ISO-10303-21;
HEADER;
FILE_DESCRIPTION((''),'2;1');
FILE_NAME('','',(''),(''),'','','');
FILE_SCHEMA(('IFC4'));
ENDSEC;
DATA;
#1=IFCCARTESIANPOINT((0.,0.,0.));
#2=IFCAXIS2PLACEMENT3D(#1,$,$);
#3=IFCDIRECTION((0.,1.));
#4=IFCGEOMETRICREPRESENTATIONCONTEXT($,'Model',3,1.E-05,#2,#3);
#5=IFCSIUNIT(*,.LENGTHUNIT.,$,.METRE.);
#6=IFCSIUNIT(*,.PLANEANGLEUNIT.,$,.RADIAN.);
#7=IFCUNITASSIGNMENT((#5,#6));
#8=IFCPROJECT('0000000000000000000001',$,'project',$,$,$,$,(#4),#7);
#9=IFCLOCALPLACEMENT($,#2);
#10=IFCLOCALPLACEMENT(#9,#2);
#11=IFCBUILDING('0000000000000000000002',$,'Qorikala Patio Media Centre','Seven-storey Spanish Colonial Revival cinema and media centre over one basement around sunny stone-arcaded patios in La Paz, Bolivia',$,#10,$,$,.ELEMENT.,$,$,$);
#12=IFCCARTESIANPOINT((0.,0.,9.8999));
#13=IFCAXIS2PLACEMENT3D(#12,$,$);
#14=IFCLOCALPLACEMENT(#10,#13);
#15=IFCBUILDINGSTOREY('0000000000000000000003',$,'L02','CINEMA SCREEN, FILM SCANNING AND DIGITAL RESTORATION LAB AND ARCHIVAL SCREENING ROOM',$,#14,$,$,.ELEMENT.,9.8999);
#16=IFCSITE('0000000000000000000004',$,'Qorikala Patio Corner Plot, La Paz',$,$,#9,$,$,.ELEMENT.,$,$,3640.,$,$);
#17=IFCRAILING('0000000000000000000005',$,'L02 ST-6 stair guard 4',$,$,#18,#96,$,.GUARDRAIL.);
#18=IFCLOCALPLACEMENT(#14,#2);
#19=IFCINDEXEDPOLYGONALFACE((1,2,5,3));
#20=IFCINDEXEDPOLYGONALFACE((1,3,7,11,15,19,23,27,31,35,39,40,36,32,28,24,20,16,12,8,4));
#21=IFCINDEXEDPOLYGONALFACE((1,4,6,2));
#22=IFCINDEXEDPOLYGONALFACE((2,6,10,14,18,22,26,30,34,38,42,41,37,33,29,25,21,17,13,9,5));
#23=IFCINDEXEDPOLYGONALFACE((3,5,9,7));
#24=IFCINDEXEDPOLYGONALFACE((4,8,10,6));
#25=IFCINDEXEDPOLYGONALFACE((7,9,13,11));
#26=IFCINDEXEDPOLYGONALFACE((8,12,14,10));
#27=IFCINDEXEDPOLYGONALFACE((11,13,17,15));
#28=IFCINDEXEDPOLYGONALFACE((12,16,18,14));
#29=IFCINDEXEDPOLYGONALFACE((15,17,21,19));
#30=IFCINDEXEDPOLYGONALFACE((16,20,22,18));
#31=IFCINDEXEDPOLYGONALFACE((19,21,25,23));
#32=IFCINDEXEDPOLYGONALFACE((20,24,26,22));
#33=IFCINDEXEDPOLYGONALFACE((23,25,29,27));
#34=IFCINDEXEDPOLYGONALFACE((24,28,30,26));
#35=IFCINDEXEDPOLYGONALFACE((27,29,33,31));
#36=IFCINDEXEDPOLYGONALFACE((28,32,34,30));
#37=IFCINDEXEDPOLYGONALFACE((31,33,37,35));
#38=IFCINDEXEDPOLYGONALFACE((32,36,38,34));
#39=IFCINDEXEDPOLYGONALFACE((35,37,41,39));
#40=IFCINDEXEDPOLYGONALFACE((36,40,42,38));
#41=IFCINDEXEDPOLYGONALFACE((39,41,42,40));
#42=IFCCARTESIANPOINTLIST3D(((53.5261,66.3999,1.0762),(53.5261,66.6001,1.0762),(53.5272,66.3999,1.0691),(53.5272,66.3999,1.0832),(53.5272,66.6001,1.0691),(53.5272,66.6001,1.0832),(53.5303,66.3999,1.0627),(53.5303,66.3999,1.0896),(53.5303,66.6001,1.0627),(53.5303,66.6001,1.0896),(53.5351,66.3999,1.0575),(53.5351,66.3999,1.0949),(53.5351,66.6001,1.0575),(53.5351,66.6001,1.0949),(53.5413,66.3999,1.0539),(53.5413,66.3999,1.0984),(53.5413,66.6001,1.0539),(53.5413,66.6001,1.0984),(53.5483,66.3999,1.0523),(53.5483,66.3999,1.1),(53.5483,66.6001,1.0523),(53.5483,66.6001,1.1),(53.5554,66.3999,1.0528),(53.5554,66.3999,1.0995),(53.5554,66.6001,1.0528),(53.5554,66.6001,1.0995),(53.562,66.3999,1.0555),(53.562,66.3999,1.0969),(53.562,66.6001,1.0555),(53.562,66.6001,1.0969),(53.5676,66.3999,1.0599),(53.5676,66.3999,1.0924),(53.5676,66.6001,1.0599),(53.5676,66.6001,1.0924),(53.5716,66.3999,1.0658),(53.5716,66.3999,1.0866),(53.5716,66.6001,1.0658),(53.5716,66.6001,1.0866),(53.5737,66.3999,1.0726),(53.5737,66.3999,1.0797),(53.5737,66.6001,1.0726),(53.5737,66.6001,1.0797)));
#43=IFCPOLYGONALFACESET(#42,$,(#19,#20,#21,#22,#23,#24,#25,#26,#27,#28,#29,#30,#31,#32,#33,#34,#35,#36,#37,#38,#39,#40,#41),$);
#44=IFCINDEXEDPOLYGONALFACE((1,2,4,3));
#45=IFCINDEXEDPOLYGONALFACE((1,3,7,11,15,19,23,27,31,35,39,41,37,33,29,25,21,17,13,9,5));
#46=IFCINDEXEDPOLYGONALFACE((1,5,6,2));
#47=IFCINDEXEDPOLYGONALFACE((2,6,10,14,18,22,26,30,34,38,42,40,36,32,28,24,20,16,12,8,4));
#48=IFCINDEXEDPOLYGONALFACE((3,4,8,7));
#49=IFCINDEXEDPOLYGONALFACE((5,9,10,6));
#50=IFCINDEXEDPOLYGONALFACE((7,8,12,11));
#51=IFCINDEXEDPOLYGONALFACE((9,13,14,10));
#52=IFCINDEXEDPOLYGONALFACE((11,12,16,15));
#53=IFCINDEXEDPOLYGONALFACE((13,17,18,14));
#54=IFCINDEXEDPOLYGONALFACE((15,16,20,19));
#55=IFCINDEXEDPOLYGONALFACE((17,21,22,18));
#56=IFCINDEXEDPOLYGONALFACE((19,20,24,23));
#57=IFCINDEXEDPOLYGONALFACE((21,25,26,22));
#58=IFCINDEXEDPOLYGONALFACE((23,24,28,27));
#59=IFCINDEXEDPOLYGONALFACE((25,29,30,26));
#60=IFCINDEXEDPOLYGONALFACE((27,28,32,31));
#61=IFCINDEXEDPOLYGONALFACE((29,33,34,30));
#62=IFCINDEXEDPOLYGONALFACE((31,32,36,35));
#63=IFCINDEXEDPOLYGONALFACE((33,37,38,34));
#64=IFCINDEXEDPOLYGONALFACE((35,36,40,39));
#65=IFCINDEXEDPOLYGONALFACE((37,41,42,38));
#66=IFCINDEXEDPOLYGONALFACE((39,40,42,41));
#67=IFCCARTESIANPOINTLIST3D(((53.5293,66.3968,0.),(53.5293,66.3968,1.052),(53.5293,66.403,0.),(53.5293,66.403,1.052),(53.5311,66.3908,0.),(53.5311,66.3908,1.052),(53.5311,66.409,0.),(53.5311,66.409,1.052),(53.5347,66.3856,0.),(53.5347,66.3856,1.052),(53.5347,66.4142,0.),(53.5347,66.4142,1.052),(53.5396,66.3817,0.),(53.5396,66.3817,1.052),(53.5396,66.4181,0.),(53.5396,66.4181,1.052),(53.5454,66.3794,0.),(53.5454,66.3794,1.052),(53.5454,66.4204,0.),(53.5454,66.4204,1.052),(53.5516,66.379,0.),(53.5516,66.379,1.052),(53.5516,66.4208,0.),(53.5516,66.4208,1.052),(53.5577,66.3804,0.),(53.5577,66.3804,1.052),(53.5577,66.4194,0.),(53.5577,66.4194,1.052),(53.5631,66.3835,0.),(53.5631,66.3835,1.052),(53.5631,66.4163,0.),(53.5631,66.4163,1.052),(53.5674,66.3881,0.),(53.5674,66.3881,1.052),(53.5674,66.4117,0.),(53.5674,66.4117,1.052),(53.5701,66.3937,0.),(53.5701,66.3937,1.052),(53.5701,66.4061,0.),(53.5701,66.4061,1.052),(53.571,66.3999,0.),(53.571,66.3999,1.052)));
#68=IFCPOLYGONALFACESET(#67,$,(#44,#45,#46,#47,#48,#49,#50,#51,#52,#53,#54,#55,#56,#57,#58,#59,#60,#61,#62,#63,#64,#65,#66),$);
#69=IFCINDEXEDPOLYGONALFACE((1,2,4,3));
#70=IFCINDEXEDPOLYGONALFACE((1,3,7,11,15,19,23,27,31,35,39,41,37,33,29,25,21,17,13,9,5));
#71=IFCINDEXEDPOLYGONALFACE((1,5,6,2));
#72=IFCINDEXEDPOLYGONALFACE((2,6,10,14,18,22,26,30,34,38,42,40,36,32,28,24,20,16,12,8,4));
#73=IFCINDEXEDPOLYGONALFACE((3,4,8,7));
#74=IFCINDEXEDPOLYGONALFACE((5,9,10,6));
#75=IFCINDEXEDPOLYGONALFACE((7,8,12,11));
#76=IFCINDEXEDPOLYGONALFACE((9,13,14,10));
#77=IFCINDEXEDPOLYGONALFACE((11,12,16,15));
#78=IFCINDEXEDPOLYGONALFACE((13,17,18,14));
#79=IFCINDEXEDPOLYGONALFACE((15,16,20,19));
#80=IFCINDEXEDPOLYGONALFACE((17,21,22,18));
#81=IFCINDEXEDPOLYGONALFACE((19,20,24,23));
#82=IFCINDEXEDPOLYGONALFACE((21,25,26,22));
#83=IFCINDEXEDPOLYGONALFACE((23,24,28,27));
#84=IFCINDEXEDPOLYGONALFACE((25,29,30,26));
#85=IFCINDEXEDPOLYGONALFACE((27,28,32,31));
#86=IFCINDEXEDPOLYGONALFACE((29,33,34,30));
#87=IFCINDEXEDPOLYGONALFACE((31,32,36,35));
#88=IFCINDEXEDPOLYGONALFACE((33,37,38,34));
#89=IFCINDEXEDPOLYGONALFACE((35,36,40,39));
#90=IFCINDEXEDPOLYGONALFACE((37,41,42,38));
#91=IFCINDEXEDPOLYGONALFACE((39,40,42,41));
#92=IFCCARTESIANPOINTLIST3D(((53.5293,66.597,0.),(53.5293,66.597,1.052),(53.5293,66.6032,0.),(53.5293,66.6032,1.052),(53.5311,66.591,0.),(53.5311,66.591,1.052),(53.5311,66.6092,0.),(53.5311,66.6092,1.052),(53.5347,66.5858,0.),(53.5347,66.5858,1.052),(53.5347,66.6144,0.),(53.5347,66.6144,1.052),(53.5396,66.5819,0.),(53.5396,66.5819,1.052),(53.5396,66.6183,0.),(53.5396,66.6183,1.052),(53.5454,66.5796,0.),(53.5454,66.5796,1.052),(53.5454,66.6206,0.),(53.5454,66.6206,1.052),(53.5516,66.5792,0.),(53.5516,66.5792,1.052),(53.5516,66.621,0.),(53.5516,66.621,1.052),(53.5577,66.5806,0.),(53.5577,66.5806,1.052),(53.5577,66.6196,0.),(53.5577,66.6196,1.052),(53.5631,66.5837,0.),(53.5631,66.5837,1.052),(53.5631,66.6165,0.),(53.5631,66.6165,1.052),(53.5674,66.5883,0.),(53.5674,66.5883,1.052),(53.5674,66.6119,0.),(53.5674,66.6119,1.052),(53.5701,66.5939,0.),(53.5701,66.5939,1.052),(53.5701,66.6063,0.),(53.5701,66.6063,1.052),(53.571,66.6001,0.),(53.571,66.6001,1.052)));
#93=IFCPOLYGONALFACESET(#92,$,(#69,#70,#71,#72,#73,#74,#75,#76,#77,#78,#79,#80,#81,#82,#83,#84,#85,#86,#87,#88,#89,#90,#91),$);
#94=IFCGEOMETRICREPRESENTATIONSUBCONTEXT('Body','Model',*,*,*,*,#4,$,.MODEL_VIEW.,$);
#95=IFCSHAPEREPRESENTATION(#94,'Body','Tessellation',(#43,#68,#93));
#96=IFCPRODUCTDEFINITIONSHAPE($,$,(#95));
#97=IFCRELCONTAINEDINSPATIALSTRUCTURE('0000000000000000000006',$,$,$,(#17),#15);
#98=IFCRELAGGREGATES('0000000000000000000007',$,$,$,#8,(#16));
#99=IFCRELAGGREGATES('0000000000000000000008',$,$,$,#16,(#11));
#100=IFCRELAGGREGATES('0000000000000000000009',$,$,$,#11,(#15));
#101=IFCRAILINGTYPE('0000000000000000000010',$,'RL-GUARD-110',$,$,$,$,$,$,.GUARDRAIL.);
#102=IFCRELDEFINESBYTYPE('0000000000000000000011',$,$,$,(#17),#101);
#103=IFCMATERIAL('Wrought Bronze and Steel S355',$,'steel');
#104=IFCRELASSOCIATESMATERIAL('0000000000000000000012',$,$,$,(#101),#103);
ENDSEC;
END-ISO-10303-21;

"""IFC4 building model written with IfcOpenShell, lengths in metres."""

from ifc_helpers import new_model, si_unit, direction, frame, origin, origin_2d, place, context, subcontext, project, spatial, circle, extrude, material, type_object, element, save


model = new_model("IFC4")

# Units and contexts
model_context = context("Model", 3, precision=1e-05, world=origin(), true_north=direction((0.0, 1.0)))
body_context = subcontext(model_context, "Body", "Model", "MODEL_VIEW")
ifc_project = project(units=[si_unit("LENGTHUNIT", "METRE"), si_unit("PLANEANGLEUNIT", "RADIAN")], contexts=[model_context])

# Site, building, storey
site_placement = place(None, origin())
site = spatial("IfcSite", under=ifc_project, at=site_placement, Name="Qorikala Patio Corner Plot, La Paz", CompositionType="ELEMENT", RefElevation=3640.0)
building_placement = place(site_placement, origin())
building = spatial("IfcBuilding", under=site, at=building_placement, Name="Qorikala Patio Media Centre", Description="Seven-storey Spanish Colonial Revival cinema and media centre over one basement around sunny stone-arcaded patios in La Paz, Bolivia", CompositionType="ELEMENT")
storey_placement = place(building_placement, frame((0.0, 0.0, 9.8999)))
storey = spatial("IfcBuildingStorey", under=building, at=storey_placement, Name="L02", Description="CINEMA SCREEN, FILM SCANNING AND DIGITAL RESTORATION LAB AND ARCHIVAL SCREENING ROOM", CompositionType="ELEMENT", Elevation=9.8999)

# Railing
ifc_material_1 = material(Name="Wrought Bronze and Steel S355", Category="steel")
railing_type_1 = type_object("IfcRailingType", Name="RL-GUARD-110", PredefinedType="GUARDRAIL", material=ifc_material_1)
railing_1_placement = place(storey_placement, frame((53.55, 66.3999, 0.0)))
element("IfcRailing", 1, at=railing_1_placement, inside=storey, type_object=railing_type_1, Name="L02 ST-6 stair guard 4", PredefinedType="GUARDRAIL", context=body_context, shape_type="SweptSolid", body=[
    extrude(circle(Radius=0.0239, at=origin_2d()), frame((0.0, 0.0, 1.0762), z_axis=(0.0, 1.0, 0.0), x_axis=(-1.0, 0.0, 0.0)), (0.0, 0.0, 1.0), 0.2002),
    extrude(circle(Radius=0.021, at=origin_2d()), origin(), (0.0, 0.0, 1.0), 1.052),
    extrude(circle(Radius=0.021, at=origin_2d()), frame((0.0, 0.2002, 0.0)), (0.0, 0.0, 1.0), 1.052),
])

save(model, "model.ifc")
